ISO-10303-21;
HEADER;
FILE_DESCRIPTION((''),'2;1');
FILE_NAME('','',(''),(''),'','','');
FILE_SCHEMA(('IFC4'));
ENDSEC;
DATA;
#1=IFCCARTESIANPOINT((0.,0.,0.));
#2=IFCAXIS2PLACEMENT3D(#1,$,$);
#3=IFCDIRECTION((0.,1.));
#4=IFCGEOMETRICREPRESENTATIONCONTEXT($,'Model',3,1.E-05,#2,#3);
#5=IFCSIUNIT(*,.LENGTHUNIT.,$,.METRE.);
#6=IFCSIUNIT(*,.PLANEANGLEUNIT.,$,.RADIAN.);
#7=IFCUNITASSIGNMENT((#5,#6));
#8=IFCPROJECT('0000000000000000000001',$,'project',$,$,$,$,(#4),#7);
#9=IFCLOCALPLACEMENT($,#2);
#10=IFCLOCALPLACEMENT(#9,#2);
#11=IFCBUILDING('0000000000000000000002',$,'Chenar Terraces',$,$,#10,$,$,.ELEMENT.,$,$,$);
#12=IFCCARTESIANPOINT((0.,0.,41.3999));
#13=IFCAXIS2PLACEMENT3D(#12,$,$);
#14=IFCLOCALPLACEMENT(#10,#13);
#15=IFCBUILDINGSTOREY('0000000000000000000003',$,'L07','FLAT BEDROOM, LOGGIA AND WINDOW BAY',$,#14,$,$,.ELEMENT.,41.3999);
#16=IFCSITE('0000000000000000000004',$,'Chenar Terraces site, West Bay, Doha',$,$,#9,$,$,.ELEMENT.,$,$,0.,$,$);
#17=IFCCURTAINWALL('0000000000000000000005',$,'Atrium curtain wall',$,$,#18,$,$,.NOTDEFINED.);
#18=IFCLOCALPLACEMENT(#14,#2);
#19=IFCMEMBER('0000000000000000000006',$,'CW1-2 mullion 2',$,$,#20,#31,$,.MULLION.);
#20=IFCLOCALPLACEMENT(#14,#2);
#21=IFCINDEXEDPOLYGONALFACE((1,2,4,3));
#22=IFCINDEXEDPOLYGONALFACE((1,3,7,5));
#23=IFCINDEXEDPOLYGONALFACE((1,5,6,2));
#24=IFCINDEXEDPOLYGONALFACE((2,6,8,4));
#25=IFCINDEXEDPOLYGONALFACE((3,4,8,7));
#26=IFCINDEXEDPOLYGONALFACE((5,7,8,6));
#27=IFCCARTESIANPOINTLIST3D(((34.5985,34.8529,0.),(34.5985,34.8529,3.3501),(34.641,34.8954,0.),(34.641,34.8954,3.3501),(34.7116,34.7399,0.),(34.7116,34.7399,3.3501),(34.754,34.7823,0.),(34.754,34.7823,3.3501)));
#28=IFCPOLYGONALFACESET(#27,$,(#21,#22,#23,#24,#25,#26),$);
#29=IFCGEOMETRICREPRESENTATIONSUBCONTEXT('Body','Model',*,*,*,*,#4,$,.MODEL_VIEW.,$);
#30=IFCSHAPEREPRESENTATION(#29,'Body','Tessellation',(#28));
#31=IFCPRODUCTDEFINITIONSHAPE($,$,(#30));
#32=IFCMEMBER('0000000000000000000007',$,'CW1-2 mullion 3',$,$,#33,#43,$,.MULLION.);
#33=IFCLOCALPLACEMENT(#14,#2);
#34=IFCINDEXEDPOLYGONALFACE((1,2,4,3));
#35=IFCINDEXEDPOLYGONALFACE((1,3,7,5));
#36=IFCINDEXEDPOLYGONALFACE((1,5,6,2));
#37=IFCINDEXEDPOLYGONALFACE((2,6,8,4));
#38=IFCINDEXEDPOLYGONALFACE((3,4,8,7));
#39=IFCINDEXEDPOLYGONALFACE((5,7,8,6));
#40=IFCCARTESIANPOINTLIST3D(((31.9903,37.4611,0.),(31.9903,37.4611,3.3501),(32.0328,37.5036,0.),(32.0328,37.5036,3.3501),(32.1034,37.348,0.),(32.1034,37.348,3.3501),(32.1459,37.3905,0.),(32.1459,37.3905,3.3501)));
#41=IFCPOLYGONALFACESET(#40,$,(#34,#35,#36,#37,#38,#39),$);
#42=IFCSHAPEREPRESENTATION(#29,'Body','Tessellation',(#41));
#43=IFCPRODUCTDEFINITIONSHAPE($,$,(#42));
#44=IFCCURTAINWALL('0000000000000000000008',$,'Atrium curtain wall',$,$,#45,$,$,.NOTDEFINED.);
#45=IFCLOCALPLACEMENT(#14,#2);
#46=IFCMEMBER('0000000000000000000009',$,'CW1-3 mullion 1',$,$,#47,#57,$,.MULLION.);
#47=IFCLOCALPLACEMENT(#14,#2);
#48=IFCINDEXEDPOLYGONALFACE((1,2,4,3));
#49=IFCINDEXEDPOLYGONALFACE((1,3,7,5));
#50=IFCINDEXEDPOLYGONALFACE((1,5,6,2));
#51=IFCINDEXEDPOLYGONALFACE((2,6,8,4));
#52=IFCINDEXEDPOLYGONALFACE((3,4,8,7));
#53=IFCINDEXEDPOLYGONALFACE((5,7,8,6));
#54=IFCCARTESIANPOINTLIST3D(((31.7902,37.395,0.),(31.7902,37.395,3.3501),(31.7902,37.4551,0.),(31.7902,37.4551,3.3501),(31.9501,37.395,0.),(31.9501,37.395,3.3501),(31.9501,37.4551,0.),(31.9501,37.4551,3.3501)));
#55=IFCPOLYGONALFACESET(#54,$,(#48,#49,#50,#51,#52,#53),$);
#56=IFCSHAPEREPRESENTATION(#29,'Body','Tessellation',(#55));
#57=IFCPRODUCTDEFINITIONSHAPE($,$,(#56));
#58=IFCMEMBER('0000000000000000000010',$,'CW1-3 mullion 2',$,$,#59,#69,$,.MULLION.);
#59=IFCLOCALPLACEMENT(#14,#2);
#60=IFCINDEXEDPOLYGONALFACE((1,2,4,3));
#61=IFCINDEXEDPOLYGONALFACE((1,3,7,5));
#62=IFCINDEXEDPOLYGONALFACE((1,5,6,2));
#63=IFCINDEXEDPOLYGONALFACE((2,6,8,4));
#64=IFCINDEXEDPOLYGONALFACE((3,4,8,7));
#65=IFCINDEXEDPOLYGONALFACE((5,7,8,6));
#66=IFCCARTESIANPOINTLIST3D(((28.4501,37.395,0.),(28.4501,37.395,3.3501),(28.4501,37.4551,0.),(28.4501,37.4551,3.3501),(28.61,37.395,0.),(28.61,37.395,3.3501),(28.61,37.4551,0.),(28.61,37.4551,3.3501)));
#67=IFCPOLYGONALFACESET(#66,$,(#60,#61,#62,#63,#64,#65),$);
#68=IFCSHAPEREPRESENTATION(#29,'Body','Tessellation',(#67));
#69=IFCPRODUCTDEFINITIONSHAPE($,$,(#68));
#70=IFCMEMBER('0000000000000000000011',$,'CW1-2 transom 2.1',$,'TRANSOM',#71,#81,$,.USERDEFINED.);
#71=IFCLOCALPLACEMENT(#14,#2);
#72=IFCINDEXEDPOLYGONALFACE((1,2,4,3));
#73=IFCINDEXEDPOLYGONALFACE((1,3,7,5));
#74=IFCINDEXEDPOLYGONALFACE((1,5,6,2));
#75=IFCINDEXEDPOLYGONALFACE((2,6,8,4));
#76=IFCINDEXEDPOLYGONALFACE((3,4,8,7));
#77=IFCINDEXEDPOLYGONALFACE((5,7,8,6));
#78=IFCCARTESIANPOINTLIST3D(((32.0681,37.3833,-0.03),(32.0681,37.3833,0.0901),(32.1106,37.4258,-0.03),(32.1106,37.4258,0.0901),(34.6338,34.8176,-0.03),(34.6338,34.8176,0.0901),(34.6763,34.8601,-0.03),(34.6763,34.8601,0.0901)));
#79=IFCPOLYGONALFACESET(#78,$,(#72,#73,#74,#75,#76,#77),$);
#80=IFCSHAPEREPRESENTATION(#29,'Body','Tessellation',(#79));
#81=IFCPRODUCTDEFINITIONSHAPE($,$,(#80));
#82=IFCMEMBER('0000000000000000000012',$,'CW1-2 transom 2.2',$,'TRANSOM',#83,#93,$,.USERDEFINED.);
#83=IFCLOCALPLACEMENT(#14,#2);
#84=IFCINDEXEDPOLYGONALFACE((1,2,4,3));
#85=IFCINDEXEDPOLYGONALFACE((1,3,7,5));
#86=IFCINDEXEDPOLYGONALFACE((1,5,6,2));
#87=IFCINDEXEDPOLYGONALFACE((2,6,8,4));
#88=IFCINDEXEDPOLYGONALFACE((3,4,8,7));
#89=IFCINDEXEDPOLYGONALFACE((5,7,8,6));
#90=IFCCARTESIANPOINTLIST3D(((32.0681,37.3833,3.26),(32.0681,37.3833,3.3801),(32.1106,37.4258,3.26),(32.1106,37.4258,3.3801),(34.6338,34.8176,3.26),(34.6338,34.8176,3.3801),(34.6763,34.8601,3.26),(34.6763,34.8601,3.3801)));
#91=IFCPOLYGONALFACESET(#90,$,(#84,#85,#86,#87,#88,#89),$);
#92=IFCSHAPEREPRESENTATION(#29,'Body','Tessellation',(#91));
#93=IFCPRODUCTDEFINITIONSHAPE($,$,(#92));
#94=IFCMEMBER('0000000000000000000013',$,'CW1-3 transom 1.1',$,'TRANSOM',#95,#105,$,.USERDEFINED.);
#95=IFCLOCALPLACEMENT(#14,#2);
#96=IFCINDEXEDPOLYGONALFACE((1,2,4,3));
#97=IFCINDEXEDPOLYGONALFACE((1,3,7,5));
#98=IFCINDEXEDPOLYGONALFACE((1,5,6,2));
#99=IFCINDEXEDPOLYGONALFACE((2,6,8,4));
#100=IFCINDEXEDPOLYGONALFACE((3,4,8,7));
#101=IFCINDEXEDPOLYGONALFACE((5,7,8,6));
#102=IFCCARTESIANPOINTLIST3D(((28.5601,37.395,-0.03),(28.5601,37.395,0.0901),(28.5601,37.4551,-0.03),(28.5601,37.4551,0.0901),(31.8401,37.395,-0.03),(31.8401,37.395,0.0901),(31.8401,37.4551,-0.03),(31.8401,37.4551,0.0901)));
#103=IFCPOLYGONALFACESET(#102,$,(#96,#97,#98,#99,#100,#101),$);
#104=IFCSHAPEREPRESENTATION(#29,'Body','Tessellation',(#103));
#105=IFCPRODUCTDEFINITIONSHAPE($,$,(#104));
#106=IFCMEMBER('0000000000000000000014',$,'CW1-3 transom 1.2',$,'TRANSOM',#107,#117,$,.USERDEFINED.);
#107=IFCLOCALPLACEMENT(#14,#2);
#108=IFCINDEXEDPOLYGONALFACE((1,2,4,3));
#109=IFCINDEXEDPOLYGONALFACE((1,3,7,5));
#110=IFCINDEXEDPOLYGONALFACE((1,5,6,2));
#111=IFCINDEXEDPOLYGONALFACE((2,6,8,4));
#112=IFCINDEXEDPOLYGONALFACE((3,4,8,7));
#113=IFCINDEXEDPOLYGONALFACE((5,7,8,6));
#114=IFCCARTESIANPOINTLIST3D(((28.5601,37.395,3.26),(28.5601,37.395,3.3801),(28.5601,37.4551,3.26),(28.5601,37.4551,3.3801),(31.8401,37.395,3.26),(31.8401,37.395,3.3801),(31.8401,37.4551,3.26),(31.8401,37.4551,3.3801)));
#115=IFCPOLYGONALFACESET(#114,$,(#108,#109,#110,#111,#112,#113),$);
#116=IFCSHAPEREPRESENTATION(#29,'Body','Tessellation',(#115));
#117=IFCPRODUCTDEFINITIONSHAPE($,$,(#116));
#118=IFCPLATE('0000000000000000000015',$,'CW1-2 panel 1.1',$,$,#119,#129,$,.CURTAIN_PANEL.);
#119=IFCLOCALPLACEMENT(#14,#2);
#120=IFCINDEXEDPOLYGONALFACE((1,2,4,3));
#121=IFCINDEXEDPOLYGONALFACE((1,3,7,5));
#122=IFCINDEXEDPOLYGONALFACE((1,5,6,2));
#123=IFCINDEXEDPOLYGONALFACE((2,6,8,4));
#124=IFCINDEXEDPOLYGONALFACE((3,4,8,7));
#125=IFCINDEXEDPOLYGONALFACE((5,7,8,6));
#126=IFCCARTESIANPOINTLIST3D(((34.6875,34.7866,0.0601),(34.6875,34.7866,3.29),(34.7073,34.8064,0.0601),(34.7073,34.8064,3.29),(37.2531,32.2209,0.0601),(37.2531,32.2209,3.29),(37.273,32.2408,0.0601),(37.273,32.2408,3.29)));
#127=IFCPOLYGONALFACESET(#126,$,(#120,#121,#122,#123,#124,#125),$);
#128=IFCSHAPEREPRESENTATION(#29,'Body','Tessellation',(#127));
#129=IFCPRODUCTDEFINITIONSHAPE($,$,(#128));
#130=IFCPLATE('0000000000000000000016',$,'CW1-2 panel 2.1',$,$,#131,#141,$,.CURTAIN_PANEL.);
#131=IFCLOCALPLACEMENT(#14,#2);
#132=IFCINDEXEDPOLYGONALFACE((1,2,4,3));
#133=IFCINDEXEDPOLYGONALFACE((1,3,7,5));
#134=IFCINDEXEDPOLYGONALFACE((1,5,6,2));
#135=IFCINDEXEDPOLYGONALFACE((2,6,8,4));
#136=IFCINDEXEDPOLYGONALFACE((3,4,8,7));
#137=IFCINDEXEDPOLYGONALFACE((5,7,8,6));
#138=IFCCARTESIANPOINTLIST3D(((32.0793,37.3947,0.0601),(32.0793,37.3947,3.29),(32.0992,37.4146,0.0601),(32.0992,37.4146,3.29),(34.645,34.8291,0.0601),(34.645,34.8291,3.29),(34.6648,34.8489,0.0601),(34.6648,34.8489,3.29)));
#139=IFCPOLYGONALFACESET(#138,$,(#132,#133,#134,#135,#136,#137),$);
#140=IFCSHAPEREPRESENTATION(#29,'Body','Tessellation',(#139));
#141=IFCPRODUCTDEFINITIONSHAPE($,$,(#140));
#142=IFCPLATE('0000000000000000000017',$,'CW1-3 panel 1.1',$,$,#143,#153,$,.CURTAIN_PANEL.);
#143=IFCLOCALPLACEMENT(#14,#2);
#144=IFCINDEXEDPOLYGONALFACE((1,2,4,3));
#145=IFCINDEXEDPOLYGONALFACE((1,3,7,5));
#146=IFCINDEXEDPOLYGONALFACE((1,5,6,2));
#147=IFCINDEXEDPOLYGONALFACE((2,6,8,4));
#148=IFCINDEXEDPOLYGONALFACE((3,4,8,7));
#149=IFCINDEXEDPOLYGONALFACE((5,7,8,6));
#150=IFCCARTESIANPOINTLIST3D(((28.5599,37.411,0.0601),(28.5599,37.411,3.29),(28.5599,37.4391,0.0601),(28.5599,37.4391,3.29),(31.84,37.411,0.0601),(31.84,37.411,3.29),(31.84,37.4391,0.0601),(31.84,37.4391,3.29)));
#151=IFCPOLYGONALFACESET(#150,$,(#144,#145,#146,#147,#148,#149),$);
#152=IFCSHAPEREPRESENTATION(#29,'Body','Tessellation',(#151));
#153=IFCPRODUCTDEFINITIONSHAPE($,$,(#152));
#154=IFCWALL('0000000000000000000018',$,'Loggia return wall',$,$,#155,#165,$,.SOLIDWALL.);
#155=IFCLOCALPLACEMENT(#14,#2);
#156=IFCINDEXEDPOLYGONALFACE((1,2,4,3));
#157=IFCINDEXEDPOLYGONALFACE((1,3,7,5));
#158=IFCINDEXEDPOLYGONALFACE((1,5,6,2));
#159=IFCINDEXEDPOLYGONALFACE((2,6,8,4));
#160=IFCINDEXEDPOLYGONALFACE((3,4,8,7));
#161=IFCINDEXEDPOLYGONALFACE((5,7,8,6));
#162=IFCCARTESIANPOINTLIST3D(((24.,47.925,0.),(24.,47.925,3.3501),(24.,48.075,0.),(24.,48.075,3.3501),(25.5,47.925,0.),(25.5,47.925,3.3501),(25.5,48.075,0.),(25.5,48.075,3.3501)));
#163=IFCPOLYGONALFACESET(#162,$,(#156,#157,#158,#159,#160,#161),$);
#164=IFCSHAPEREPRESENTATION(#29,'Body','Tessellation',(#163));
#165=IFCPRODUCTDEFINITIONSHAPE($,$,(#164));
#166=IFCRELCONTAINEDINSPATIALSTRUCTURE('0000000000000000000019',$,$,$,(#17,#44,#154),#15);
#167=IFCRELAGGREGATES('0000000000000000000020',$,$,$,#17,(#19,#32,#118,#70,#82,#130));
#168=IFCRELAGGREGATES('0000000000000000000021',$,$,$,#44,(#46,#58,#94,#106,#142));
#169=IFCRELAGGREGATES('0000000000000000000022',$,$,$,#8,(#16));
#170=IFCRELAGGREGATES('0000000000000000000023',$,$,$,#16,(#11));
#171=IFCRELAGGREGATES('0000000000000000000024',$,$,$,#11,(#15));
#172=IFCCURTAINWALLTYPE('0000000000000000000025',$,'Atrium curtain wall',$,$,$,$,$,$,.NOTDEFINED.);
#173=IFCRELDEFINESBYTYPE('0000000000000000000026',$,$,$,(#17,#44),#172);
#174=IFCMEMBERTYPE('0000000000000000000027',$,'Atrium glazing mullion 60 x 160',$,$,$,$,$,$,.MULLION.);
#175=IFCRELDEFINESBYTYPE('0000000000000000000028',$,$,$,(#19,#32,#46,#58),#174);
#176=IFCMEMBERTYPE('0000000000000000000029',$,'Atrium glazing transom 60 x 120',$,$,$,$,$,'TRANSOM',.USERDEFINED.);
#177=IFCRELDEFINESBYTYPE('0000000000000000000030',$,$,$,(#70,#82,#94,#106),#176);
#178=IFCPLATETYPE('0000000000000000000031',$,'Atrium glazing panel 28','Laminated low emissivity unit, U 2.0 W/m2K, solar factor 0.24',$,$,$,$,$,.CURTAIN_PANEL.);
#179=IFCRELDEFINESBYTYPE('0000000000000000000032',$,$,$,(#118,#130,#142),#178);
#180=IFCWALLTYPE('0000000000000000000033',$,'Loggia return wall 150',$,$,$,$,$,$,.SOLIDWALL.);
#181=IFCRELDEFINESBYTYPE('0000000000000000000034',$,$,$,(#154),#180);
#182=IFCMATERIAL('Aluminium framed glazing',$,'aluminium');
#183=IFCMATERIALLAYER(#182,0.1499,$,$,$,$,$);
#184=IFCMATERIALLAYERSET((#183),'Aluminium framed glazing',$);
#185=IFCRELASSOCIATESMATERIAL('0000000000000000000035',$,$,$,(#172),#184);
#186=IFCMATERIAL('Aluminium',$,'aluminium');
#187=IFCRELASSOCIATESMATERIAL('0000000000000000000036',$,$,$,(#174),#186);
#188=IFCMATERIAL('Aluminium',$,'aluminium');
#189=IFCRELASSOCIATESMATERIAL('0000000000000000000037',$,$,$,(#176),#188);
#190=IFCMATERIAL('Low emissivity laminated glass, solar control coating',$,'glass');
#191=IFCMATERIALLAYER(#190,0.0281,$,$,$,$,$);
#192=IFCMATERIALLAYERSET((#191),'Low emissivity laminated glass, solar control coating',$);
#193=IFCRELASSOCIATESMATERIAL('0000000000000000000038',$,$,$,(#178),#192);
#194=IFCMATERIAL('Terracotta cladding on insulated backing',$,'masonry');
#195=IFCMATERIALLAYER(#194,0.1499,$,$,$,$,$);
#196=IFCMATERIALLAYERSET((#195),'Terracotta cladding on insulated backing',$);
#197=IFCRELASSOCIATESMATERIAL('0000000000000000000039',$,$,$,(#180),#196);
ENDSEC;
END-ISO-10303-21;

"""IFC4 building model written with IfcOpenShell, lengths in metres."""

from ifc_helpers import new_model, si_unit, direction, frame, frame_2d, origin, origin_2d, place, context, subcontext, project, spatial, rectangle, extrude, material, layer, layer_set, material_profile, profile_set, type_object, element, aggregate, save


model = new_model("IFC4")

# Units and contexts
model_context = context("Model", 3, precision=1e-05, world=origin(), true_north=direction((0.0, 1.0)))
body_context = subcontext(model_context, "Body", "Model", "MODEL_VIEW")
ifc_project = project(units=[si_unit("LENGTHUNIT", "METRE"), si_unit("PLANEANGLEUNIT", "RADIAN")], contexts=[model_context])

# Site, building, storey
site_placement = place(None, origin())
site = spatial("IfcSite", under=ifc_project, at=site_placement, Name="Chenar Terraces site, West Bay, Doha", CompositionType="ELEMENT", RefElevation=0.0)
building_placement = place(site_placement, origin())
building = spatial("IfcBuilding", under=site, at=building_placement, Name="Chenar Terraces", CompositionType="ELEMENT")
storey_placement = place(building_placement, frame((0.0, 0.0, 41.3999)))
storey = spatial("IfcBuildingStorey", under=building, at=storey_placement, Name="L07", Description="FLAT BEDROOM, LOGGIA AND WINDOW BAY", CompositionType="ELEMENT", Elevation=41.3999)

# Curtain walls, members
ifc_material_1 = material(Name="Aluminium framed glazing", Category="aluminium")
ifc_layer_1 = layer(ifc_material_1, 0.1499)
ifc_layer_set_1 = layer_set([ifc_layer_1], Name="Aluminium framed glazing")
curtain_wall_type = type_object("IfcCurtainWallType", Name="Atrium curtain wall", PredefinedType="NOTDEFINED", material=ifc_layer_set_1)
placement = place(storey_placement, origin())
curtain_wall_1 = element("IfcCurtainWall", 1, at=placement, inside=storey, type_object=curtain_wall_type, Name="Atrium curtain wall", PredefinedType="NOTDEFINED")
ifc_material_2 = material(Name="Aluminium", Category="aluminium")
ifc_material_profile_1 = material_profile(ifc_material_2, rectangle(XDim=0.0601, YDim=0.1599, at=origin_2d()), Name="Atrium glazing mullion 60 x 160")
ifc_profile_set_1 = profile_set([ifc_material_profile_1], Name="Aluminium")
member_type_1 = type_object("IfcMemberType", Name="Atrium glazing mullion 60 x 160", PredefinedType="MULLION", material=ifc_profile_set_1)
member_1_placement = place(storey_placement, frame((34.6763, 34.8176, 0.0), z_axis=(0.0, 0.0, 1.0), x_axis=(-0.707107, -0.707107, 0.0)))
member_1 = element("IfcMember", 2, at=member_1_placement, type_object=member_type_1, Name="CW1-2 mullion 2", PredefinedType="MULLION", context=body_context, shape_type="SweptSolid", body=[
    extrude(rectangle(XDim=0.0601, YDim=0.1599, at=origin_2d()), origin(), (0.0, 0.0, 1.0), 3.3501),
])
member_2_placement = place(storey_placement, frame((32.0681, 37.4258, 0.0), z_axis=(0.0, 0.0, 1.0), x_axis=(-0.707107, -0.707107, 0.0)))
member_2 = element("IfcMember", 3, at=member_2_placement, type_object=member_type_1, Name="CW1-2 mullion 3", PredefinedType="MULLION", context=body_context, shape_type="SweptSolid", body=[
    extrude(rectangle(XDim=0.0601, YDim=0.1599, at=origin_2d()), origin(), (0.0, 0.0, 1.0), 3.3501),
])
curtain_wall_2 = element("IfcCurtainWall", 4, at=placement, inside=storey, type_object=curtain_wall_type, Name="Atrium curtain wall", PredefinedType="NOTDEFINED")
member_3_placement = place(storey_placement, frame((31.8701, 37.425, 0.0), z_axis=(0.0, 0.0, 1.0), x_axis=(0.0, -1.0, 0.0)))
member_3 = element("IfcMember", 5, at=member_3_placement, type_object=member_type_1, Name="CW1-3 mullion 1", PredefinedType="MULLION", context=body_context, shape_type="SweptSolid", body=[
    extrude(rectangle(XDim=0.0601, YDim=0.1599, at=origin_2d()), origin(), (0.0, 0.0, 1.0), 3.3501),
])
member_4_placement = place(storey_placement, frame((28.53, 37.425, 0.0), z_axis=(0.0, 0.0, 1.0), x_axis=(0.0, -1.0, 0.0)))
member_4 = element("IfcMember", 6, at=member_4_placement, type_object=member_type_1, Name="CW1-3 mullion 2", PredefinedType="MULLION", context=body_context, shape_type="SweptSolid", body=[
    extrude(rectangle(XDim=0.0601, YDim=0.1599, at=origin_2d()), origin(), (0.0, 0.0, 1.0), 3.3501),
])

# Members
ifc_material_3 = material(Name="Aluminium", Category="aluminium")
ifc_material_profile_2 = material_profile(ifc_material_3, rectangle(XDim=0.0601, YDim=0.1201, at=origin_2d()), Name="Atrium glazing transom 60 x 120")
ifc_profile_set_2 = profile_set([ifc_material_profile_2], Name="Aluminium")
member_type_2 = type_object("IfcMemberType", Name="Atrium glazing transom 60 x 120", ElementType="TRANSOM", PredefinedType="USERDEFINED", material=ifc_profile_set_2)
member_5_placement = place(storey_placement, frame((34.655, 34.8389, 0.03), z_axis=(-0.707107, 0.707107, 0.0), x_axis=(-0.707107, -0.707107, 0.0)))
member_5 = element("IfcMember", 7, at=member_5_placement, type_object=member_type_2, Name="CW1-2 transom 2.1", ObjectType="TRANSOM", PredefinedType="USERDEFINED", context=body_context, shape_type="SweptSolid", body=[
    extrude(rectangle(XDim=0.0601, YDim=0.1201, at=origin_2d()), origin(), (0.0, 0.0, 1.0), 3.6284),
])
member_6_placement = place(storey_placement, frame((34.655, 34.8389, 3.3201), z_axis=(-0.707107, 0.707107, 0.0), x_axis=(-0.707107, -0.707107, 0.0)))
member_6 = element("IfcMember", 8, at=member_6_placement, type_object=member_type_2, Name="CW1-2 transom 2.2", ObjectType="TRANSOM", PredefinedType="USERDEFINED", context=body_context, shape_type="SweptSolid", body=[
    extrude(rectangle(XDim=0.0601, YDim=0.1201, at=origin_2d()), origin(), (0.0, 0.0, 1.0), 3.6284),
])
member_7_placement = place(storey_placement, frame((31.8401, 37.425, 0.03), z_axis=(-1.0, 0.0, 0.0), x_axis=(0.0, -1.0, 0.0)))
member_7 = element("IfcMember", 9, at=member_7_placement, type_object=member_type_2, Name="CW1-3 transom 1.1", ObjectType="TRANSOM", PredefinedType="USERDEFINED", context=body_context, shape_type="SweptSolid", body=[
    extrude(rectangle(XDim=0.0601, YDim=0.1201, at=origin_2d()), origin(), (0.0, 0.0, 1.0), 3.28),
])
member_8_placement = place(storey_placement, frame((31.8401, 37.425, 3.3201), z_axis=(-1.0, 0.0, 0.0), x_axis=(0.0, -1.0, 0.0)))
member_8 = element("IfcMember", 10, at=member_8_placement, type_object=member_type_2, Name="CW1-3 transom 1.2", ObjectType="TRANSOM", PredefinedType="USERDEFINED", context=body_context, shape_type="SweptSolid", body=[
    extrude(rectangle(XDim=0.0601, YDim=0.1201, at=origin_2d()), origin(), (0.0, 0.0, 1.0), 3.28),
])

# Plates
ifc_material_4 = material(Name="Low emissivity laminated glass, solar control coating", Category="glass")
ifc_layer_2 = layer(ifc_material_4, 0.0281)
ifc_layer_set_2 = layer_set([ifc_layer_2], Name="Low emissivity laminated glass, solar control coating")
plate_type = type_object("IfcPlateType", Name="Atrium glazing panel 28", Description="Laminated low emissivity unit, U 2.0 W/m2K, solar factor 0.24", PredefinedType="CURTAIN_PANEL", material=ifc_layer_set_2)
plate_1_placement = place(storey_placement, frame((35.9802, 33.5137, 0.0601), z_axis=(0.0, 0.0, 1.0), x_axis=(-0.707107, 0.707107, 0.0)))
plate_1 = element("IfcPlate", 11, at=plate_1_placement, type_object=plate_type, Name="CW1-2 panel 1.1", PredefinedType="CURTAIN_PANEL", context=body_context, shape_type="SweptSolid", body=[
    extrude(rectangle(XDim=3.6284, YDim=0.0281, at=origin_2d()), origin(), (0.0, 0.0, 1.0), 3.23),
])
plate_2_placement = place(storey_placement, frame((33.3721, 36.1218, 0.0601), z_axis=(0.0, 0.0, 1.0), x_axis=(-0.707107, 0.707107, 0.0)))
plate_2 = element("IfcPlate", 12, at=plate_2_placement, type_object=plate_type, Name="CW1-2 panel 2.1", PredefinedType="CURTAIN_PANEL", context=body_context, shape_type="SweptSolid", body=[
    extrude(rectangle(XDim=3.6284, YDim=0.0281, at=origin_2d()), origin(), (0.0, 0.0, 1.0), 3.23),
])
aggregate(curtain_wall_1, [member_1, member_2, plate_1, member_5, member_6, plate_2])
plate_3_placement = place(storey_placement, frame((30.2, 37.425, 0.0601), z_axis=(0.0, 0.0, 1.0), x_axis=(-1.0, 0.0, 0.0)))
plate_3 = element("IfcPlate", 13, at=plate_3_placement, type_object=plate_type, Name="CW1-3 panel 1.1", PredefinedType="CURTAIN_PANEL", context=body_context, shape_type="SweptSolid", body=[
    extrude(rectangle(XDim=3.28, YDim=0.0281, at=origin_2d()), origin(), (0.0, 0.0, 1.0), 3.23),
])
aggregate(curtain_wall_2, [member_3, member_4, member_7, member_8, plate_3])

# Wall
ifc_material_5 = material(Name="Terracotta cladding on insulated backing", Category="masonry")
ifc_layer_3 = layer(ifc_material_5, 0.1499)
ifc_layer_set_3 = layer_set([ifc_layer_3], Name="Terracotta cladding on insulated backing")
wall_type_1 = type_object("IfcWallType", Name="Loggia return wall 150", PredefinedType="SOLIDWALL", material=ifc_layer_set_3)
wall_1_placement = place(storey_placement, frame((25.5, 48.0, 0.0), z_axis=(0.0, 0.0, 1.0), x_axis=(-1.0, 0.0, 0.0)))
element("IfcWall", 14, at=wall_1_placement, inside=storey, type_object=wall_type_1, Name="Loggia return wall", PredefinedType="SOLIDWALL", context=body_context, shape_type="SweptSolid", body=[
    extrude(rectangle(XDim=1.5, YDim=0.1499, at=frame_2d((0.75, 0.0))), origin(), (0.0, 0.0, 1.0), 3.3501),
])

save(model, "model.ifc")
